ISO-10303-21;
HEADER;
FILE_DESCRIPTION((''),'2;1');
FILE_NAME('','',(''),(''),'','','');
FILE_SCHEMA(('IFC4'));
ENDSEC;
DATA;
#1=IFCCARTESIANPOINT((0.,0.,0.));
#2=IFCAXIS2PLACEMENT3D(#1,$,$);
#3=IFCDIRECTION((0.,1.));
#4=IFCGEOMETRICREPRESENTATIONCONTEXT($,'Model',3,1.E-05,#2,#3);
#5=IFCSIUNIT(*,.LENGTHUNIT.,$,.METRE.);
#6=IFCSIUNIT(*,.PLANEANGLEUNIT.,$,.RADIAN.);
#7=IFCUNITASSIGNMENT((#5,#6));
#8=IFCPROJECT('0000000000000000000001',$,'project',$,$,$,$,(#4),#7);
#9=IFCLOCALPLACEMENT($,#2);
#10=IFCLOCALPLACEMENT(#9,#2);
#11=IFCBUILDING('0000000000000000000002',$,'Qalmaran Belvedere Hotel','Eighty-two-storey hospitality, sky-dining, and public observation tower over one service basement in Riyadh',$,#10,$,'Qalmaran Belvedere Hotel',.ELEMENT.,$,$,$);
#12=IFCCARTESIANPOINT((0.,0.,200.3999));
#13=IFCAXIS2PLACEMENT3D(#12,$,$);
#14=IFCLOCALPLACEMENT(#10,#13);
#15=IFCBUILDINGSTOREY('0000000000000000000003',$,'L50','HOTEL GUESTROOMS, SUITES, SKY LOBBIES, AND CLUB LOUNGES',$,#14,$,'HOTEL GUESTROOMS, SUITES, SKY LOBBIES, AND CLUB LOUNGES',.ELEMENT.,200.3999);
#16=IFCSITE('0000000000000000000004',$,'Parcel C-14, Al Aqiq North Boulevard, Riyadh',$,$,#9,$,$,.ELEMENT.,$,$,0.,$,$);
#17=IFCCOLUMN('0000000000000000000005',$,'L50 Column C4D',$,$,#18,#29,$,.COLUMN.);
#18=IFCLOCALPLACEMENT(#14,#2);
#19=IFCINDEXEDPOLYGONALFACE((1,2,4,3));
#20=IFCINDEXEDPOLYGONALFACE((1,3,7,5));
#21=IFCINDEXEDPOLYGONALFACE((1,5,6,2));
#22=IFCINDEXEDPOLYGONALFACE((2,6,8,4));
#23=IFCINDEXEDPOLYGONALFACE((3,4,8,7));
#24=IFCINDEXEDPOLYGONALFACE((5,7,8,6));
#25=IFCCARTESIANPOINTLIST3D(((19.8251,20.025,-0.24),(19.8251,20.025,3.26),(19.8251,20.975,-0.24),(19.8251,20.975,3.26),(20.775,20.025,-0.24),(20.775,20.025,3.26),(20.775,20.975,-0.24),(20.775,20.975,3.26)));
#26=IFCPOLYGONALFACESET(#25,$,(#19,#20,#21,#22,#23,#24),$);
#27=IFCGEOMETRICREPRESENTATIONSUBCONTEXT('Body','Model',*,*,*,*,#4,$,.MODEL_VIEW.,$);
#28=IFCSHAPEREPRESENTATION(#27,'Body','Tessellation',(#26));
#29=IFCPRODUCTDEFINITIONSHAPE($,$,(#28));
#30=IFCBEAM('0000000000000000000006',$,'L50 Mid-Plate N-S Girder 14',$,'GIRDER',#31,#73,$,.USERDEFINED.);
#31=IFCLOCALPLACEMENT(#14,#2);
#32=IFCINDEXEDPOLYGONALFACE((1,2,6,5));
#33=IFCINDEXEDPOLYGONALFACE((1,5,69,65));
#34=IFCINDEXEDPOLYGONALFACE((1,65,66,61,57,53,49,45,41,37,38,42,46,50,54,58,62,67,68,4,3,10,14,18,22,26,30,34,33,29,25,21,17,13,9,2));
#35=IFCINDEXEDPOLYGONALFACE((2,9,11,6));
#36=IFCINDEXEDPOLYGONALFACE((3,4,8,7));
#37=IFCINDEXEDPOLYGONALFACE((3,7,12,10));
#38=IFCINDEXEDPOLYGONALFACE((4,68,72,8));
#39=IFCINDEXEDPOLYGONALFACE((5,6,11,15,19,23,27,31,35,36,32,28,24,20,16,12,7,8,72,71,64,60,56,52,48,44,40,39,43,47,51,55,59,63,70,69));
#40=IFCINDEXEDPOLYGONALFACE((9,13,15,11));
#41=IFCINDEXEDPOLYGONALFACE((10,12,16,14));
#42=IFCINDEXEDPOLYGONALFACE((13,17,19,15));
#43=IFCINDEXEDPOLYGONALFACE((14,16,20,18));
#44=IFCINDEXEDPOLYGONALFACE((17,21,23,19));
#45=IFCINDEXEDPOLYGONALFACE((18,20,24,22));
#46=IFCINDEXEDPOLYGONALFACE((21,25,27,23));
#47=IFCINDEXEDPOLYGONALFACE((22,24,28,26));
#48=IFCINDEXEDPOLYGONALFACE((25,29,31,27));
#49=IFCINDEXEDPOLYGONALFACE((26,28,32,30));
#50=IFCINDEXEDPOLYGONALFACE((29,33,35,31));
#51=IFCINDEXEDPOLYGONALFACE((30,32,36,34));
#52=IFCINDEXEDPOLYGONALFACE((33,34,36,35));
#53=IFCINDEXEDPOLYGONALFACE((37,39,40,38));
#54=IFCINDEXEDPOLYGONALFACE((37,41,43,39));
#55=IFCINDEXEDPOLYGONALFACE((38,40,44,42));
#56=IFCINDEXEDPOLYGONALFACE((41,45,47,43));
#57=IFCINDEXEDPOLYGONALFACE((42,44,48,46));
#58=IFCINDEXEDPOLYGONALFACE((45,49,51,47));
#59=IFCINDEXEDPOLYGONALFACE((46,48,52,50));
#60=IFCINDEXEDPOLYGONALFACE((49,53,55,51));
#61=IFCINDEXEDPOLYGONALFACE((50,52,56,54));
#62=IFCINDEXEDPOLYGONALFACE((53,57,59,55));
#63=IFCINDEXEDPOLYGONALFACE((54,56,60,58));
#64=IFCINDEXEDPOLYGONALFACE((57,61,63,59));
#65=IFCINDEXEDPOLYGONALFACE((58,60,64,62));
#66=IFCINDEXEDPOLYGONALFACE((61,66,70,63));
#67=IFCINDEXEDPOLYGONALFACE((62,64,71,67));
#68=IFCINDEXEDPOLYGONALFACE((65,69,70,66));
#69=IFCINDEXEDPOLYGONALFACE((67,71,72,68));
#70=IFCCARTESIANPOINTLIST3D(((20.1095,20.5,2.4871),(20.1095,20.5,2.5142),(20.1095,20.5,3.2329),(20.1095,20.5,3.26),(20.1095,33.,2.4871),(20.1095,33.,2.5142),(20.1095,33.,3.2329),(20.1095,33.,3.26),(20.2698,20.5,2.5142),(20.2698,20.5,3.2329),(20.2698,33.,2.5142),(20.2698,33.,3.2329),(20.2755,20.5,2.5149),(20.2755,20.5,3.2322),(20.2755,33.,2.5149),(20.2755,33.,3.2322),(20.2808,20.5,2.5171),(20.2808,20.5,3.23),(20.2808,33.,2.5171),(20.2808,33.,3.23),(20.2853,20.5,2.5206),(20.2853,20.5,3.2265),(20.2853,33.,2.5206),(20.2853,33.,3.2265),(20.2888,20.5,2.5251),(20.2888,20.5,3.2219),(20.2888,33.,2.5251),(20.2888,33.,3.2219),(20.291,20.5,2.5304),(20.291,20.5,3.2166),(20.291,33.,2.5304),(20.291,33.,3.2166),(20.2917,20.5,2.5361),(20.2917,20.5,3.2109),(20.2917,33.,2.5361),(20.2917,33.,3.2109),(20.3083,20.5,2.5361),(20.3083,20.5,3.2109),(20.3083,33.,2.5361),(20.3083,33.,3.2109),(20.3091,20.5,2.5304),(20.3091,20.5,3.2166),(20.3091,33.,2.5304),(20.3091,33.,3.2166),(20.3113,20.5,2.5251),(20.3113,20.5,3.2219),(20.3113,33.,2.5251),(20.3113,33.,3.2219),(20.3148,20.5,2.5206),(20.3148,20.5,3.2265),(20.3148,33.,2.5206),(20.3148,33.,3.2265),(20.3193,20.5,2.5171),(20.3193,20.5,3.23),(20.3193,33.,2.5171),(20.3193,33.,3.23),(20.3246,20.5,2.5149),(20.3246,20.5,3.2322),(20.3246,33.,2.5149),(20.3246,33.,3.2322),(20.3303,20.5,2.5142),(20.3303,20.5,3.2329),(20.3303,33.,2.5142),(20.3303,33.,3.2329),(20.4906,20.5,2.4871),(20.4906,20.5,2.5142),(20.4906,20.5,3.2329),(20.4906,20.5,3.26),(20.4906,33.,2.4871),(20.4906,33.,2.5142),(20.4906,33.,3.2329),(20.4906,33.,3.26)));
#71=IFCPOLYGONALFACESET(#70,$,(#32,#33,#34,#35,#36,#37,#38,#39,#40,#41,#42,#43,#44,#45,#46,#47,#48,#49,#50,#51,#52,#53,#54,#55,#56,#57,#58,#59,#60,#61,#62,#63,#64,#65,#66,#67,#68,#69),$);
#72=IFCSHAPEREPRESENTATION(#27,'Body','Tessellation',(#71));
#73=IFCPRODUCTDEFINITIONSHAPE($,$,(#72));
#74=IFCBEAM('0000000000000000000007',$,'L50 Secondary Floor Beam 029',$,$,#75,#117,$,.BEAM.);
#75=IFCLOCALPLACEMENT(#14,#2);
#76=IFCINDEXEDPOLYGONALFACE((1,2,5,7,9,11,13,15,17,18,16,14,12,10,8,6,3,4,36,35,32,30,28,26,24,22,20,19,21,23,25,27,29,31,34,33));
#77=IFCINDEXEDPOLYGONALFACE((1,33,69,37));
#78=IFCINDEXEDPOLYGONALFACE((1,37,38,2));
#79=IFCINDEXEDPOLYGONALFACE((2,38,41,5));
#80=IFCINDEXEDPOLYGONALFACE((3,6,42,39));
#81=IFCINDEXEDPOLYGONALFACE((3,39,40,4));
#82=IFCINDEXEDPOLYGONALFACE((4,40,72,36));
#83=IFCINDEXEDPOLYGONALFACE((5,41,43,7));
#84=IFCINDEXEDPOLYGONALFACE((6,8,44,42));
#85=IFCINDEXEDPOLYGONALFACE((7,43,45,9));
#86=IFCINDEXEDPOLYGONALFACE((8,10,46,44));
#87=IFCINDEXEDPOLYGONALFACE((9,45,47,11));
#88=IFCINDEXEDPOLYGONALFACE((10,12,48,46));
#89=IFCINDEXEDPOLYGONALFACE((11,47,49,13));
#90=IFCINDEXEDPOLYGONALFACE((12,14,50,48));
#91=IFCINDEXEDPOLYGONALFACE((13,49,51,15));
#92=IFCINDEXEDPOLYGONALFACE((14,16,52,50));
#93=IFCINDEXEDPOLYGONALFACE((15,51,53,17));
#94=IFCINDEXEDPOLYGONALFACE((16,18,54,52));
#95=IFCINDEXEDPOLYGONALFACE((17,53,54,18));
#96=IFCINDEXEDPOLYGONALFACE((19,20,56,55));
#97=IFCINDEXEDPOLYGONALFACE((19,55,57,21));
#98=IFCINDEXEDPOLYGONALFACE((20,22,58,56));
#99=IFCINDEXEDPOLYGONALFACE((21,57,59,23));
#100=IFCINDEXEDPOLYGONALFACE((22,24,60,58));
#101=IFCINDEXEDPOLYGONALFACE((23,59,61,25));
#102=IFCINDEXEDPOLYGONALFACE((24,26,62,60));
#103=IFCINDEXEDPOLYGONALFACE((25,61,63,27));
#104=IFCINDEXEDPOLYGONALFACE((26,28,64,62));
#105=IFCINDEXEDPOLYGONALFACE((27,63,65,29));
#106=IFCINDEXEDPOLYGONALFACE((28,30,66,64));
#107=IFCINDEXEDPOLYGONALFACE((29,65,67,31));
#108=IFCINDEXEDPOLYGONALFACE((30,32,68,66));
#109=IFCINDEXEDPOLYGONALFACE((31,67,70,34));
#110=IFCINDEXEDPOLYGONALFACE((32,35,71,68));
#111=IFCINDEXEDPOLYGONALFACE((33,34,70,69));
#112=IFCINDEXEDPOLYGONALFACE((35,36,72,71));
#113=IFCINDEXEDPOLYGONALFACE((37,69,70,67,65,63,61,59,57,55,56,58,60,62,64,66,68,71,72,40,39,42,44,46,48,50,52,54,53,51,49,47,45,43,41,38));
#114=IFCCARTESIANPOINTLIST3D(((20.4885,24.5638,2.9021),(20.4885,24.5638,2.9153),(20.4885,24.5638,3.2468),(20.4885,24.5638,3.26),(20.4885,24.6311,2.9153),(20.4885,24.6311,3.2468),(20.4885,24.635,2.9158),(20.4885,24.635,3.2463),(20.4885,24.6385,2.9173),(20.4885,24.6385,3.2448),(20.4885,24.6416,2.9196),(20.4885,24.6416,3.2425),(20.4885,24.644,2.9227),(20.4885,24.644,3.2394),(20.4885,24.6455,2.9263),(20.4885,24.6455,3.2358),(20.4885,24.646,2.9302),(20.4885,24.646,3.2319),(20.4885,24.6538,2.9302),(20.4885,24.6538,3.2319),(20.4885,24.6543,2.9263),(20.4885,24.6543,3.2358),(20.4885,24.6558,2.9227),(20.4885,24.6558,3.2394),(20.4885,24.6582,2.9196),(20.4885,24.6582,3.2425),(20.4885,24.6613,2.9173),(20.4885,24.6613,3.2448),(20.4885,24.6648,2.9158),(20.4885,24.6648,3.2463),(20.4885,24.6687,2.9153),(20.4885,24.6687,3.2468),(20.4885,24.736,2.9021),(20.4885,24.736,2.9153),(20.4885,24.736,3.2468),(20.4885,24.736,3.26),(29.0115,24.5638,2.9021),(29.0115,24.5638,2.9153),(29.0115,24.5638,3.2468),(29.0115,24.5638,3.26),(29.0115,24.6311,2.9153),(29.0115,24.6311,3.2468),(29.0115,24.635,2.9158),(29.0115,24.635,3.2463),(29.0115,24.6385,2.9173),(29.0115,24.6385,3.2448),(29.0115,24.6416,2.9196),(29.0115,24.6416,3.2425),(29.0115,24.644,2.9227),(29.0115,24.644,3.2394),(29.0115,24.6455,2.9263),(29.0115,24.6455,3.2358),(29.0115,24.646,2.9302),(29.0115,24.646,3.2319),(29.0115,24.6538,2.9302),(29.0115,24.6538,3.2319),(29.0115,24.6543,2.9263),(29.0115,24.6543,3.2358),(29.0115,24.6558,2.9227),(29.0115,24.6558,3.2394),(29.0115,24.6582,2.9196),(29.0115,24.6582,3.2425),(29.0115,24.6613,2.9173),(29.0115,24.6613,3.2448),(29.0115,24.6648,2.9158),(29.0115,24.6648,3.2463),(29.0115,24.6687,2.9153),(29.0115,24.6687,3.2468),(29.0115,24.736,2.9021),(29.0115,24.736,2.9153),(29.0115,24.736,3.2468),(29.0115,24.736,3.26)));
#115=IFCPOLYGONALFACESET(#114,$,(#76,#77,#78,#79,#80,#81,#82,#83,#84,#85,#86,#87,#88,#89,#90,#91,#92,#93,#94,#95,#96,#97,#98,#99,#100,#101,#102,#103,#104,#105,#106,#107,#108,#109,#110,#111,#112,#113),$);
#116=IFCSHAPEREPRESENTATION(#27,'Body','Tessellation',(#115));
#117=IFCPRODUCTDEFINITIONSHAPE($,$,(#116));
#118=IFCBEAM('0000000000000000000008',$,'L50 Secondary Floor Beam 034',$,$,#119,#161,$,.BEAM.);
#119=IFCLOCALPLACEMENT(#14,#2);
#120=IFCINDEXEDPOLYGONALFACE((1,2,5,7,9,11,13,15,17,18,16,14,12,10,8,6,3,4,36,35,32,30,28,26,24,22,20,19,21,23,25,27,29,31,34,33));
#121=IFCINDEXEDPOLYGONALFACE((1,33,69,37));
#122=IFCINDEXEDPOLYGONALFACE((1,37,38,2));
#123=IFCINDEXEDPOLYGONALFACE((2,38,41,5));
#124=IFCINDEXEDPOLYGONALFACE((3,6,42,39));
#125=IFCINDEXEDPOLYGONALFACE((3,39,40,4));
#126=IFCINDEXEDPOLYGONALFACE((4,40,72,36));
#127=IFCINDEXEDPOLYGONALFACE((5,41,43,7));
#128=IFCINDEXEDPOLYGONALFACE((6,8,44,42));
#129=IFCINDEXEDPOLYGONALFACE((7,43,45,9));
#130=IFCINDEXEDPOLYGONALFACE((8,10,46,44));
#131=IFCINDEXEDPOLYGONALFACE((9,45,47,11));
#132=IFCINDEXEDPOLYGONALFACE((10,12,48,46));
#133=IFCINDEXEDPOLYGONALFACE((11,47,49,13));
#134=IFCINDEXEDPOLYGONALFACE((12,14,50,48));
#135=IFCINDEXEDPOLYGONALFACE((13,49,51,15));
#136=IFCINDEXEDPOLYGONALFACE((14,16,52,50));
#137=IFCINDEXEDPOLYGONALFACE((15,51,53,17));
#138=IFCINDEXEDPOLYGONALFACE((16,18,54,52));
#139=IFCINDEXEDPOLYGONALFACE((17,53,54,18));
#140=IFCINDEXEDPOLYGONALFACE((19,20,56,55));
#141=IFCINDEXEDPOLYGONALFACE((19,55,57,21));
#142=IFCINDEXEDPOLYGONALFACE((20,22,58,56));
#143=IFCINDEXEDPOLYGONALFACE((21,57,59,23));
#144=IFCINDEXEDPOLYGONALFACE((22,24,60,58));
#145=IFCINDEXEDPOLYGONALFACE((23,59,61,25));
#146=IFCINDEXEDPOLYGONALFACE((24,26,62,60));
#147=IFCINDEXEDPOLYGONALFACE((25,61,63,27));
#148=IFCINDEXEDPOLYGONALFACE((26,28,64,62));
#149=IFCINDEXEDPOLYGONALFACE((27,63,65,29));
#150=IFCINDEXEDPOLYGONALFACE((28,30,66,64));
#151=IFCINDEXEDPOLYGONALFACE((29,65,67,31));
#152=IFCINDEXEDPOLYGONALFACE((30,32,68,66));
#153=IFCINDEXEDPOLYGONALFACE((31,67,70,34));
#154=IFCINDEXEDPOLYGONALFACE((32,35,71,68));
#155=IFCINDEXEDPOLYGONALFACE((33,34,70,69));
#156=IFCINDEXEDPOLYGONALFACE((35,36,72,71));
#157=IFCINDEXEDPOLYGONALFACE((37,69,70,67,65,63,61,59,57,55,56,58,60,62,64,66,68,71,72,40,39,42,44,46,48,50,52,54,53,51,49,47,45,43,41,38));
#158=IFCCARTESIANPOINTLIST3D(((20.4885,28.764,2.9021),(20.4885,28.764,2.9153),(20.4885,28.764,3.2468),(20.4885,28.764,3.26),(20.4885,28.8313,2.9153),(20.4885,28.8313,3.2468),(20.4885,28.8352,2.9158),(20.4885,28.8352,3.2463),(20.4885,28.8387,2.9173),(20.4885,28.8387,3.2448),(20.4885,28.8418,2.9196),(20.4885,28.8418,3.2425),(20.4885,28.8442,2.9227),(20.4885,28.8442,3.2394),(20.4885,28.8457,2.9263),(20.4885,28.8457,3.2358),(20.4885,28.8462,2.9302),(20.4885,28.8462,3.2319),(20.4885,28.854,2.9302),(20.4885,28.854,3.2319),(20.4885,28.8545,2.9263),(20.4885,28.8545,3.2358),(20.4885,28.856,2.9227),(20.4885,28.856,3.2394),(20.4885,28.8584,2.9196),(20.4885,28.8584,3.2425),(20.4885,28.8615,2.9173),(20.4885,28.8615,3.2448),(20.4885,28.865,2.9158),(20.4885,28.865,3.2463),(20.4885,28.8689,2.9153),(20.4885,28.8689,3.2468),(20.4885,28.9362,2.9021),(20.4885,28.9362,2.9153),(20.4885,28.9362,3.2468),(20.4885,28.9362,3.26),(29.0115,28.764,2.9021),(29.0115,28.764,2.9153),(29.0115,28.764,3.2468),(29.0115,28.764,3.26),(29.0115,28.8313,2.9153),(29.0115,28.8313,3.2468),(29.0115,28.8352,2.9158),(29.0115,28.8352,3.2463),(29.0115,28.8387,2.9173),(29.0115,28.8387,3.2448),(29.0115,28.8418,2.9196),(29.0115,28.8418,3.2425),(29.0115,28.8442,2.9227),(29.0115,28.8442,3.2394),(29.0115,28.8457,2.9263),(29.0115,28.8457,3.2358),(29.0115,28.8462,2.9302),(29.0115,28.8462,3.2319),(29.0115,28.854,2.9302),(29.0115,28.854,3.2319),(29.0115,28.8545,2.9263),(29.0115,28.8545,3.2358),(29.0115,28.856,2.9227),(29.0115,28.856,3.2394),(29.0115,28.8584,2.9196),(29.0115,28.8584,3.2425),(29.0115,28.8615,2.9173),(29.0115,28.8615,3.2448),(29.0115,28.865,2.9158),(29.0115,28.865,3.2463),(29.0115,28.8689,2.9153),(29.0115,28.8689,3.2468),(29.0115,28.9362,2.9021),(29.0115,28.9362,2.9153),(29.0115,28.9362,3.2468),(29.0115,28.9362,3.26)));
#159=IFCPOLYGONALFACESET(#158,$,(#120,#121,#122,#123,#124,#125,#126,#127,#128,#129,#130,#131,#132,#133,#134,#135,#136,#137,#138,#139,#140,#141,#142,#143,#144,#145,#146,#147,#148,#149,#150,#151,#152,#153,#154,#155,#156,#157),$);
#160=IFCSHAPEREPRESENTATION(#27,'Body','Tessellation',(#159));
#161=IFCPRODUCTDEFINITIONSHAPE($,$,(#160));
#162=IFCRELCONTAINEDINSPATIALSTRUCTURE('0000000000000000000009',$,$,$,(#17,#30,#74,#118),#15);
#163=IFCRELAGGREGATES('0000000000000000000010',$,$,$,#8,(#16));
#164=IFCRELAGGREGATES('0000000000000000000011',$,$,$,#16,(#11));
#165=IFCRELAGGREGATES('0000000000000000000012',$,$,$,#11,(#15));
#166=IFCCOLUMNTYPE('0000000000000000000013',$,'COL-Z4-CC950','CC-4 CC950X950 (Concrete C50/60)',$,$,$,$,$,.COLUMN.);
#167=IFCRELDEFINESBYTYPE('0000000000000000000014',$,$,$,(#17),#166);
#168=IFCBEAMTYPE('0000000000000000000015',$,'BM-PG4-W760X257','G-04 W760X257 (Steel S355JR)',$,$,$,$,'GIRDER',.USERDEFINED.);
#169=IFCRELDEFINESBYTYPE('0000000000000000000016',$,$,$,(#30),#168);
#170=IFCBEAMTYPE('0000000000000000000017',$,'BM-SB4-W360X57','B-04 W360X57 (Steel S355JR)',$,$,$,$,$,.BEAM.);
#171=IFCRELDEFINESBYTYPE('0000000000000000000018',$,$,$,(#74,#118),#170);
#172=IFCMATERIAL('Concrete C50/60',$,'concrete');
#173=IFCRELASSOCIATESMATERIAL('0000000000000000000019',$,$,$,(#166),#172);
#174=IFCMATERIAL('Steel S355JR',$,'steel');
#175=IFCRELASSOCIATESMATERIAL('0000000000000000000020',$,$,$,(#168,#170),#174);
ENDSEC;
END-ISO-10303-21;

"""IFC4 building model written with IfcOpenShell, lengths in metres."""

from ifc_helpers import new_model, si_unit, direction, frame, origin, origin_2d, place, context, subcontext, project, spatial, rectangle, i_section, extrude, material, material_profile, profile_set, type_object, element, save


model = new_model("IFC4")

# Units and contexts
model_context = context("Model", 3, precision=1e-05, world=origin(), true_north=direction((0.0, 1.0)))
body_context = subcontext(model_context, "Body", "Model", "MODEL_VIEW")
ifc_project = project(units=[si_unit("LENGTHUNIT", "METRE"), si_unit("PLANEANGLEUNIT", "RADIAN")], contexts=[model_context])

# Site, building, storey
site_placement = place(None, origin())
site = spatial("IfcSite", under=ifc_project, at=site_placement, Name="Parcel C-14, Al Aqiq North Boulevard, Riyadh", CompositionType="ELEMENT", RefElevation=0.0)
building_placement = place(site_placement, origin())
building = spatial("IfcBuilding", under=site, at=building_placement, Name="Qalmaran Belvedere Hotel", Description="Eighty-two-storey hospitality, sky-dining, and public observation tower over one service basement in Riyadh", LongName="Qalmaran Belvedere Hotel", CompositionType="ELEMENT")
storey_placement = place(building_placement, frame((0.0, 0.0, 200.3999)))
storey = spatial("IfcBuildingStorey", under=building, at=storey_placement, Name="L50", Description="HOTEL GUESTROOMS, SUITES, SKY LOBBIES, AND CLUB LOUNGES", LongName="HOTEL GUESTROOMS, SUITES, SKY LOBBIES, AND CLUB LOUNGES", CompositionType="ELEMENT", Elevation=200.3999)

# Column
ifc_material_1 = material(Name="Concrete C50/60", Category="concrete")
ifc_material_profile_1 = material_profile(ifc_material_1, rectangle(XDim=0.95, YDim=0.95, at=origin_2d()), Name="CC950X950")
ifc_profile_set_1 = profile_set([ifc_material_profile_1], Name="Concrete C50/60")
column_type = type_object("IfcColumnType", Name="COL-Z4-CC950", Description="CC-4 CC950X950 (Concrete C50/60)", PredefinedType="COLUMN", material=ifc_profile_set_1)
column_placement = place(storey_placement, frame((20.3, 20.5, -0.24), z_axis=(0.0, 0.0, 1.0), x_axis=(1.0, 0.0, 0.0)))
element("IfcColumn", 1, at=column_placement, inside=storey, type_object=column_type, Name="L50 Column C4D", PredefinedType="COLUMN", context=body_context, shape_type="SweptSolid", body=[
    extrude(rectangle(XDim=0.95, YDim=0.95, at=origin_2d()), origin(), (0.0, 0.0, 1.0), 3.5),
])

# Beams
ifc_material_2 = material(Name="Steel S355JR", Category="steel")
ifc_material_profile_2 = material_profile(ifc_material_2, i_section(OverallWidth=0.3811, OverallDepth=0.7729, WebThickness=0.0166, FlangeThickness=0.0271, FilletRadius=0.022, at=origin_2d()), Name="W760X257")
ifc_profile_set_2 = profile_set([ifc_material_profile_2], Name="Steel S355JR")
beam_type_1 = type_object("IfcBeamType", Name="BM-PG4-W760X257", Description="G-04 W760X257 (Steel S355JR)", ElementType="GIRDER", PredefinedType="USERDEFINED", material=ifc_profile_set_2)
beam_1_placement = place(storey_placement, frame((20.3, 20.5, 2.8735), z_axis=(0.0, 1.0, 0.0), x_axis=(-1.0, 0.0, 0.0)))
element("IfcBeam", 2, at=beam_1_placement, inside=storey, type_object=beam_type_1, Name="L50 Mid-Plate N-S Girder 14", ObjectType="GIRDER", PredefinedType="USERDEFINED", context=body_context, shape_type="SweptSolid", body=[
    extrude(i_section(OverallWidth=0.3811, OverallDepth=0.7729, WebThickness=0.0166, FlangeThickness=0.0271, FilletRadius=0.022, at=origin_2d()), origin(), (0.0, 0.0, 1.0), 12.5),
])
ifc_material_profile_3 = material_profile(ifc_material_2, i_section(OverallWidth=0.1721, OverallDepth=0.3579, WebThickness=0.0078, FlangeThickness=0.0132, FilletRadius=0.0149, at=origin_2d()), Name="W360X57")
ifc_profile_set_3 = profile_set([ifc_material_profile_3], Name="Steel S355JR")
beam_type_2 = type_object("IfcBeamType", Name="BM-SB4-W360X57", Description="B-04 W360X57 (Steel S355JR)", PredefinedType="BEAM", material=ifc_profile_set_3)
for number, where, z_axis, x_axis, name in (
    (3, (20.4885, 24.6499, 3.0811), (1.0, 0.0, 0.0), (0.0, 1.0, 0.0), "L50 Secondary Floor Beam 029"),
    (4, (20.4885, 28.8501, 3.0811), (1.0, 0.0, 0.0), (0.0, 1.0, 0.0), "L50 Secondary Floor Beam 034"),
):
    element("IfcBeam", number, at=place(storey_placement, frame(where, z_axis=z_axis, x_axis=x_axis)), inside=storey, type_object=beam_type_2, Name=name, PredefinedType="BEAM", context=body_context, shape_type="SweptSolid", body=[
        extrude(i_section(OverallWidth=0.1721, OverallDepth=0.3579, WebThickness=0.0078, FlangeThickness=0.0132, FilletRadius=0.0149, at=origin_2d()), origin(), (0.0, 0.0, 1.0), 8.5229),
    ])

save(model, "model.ifc")
